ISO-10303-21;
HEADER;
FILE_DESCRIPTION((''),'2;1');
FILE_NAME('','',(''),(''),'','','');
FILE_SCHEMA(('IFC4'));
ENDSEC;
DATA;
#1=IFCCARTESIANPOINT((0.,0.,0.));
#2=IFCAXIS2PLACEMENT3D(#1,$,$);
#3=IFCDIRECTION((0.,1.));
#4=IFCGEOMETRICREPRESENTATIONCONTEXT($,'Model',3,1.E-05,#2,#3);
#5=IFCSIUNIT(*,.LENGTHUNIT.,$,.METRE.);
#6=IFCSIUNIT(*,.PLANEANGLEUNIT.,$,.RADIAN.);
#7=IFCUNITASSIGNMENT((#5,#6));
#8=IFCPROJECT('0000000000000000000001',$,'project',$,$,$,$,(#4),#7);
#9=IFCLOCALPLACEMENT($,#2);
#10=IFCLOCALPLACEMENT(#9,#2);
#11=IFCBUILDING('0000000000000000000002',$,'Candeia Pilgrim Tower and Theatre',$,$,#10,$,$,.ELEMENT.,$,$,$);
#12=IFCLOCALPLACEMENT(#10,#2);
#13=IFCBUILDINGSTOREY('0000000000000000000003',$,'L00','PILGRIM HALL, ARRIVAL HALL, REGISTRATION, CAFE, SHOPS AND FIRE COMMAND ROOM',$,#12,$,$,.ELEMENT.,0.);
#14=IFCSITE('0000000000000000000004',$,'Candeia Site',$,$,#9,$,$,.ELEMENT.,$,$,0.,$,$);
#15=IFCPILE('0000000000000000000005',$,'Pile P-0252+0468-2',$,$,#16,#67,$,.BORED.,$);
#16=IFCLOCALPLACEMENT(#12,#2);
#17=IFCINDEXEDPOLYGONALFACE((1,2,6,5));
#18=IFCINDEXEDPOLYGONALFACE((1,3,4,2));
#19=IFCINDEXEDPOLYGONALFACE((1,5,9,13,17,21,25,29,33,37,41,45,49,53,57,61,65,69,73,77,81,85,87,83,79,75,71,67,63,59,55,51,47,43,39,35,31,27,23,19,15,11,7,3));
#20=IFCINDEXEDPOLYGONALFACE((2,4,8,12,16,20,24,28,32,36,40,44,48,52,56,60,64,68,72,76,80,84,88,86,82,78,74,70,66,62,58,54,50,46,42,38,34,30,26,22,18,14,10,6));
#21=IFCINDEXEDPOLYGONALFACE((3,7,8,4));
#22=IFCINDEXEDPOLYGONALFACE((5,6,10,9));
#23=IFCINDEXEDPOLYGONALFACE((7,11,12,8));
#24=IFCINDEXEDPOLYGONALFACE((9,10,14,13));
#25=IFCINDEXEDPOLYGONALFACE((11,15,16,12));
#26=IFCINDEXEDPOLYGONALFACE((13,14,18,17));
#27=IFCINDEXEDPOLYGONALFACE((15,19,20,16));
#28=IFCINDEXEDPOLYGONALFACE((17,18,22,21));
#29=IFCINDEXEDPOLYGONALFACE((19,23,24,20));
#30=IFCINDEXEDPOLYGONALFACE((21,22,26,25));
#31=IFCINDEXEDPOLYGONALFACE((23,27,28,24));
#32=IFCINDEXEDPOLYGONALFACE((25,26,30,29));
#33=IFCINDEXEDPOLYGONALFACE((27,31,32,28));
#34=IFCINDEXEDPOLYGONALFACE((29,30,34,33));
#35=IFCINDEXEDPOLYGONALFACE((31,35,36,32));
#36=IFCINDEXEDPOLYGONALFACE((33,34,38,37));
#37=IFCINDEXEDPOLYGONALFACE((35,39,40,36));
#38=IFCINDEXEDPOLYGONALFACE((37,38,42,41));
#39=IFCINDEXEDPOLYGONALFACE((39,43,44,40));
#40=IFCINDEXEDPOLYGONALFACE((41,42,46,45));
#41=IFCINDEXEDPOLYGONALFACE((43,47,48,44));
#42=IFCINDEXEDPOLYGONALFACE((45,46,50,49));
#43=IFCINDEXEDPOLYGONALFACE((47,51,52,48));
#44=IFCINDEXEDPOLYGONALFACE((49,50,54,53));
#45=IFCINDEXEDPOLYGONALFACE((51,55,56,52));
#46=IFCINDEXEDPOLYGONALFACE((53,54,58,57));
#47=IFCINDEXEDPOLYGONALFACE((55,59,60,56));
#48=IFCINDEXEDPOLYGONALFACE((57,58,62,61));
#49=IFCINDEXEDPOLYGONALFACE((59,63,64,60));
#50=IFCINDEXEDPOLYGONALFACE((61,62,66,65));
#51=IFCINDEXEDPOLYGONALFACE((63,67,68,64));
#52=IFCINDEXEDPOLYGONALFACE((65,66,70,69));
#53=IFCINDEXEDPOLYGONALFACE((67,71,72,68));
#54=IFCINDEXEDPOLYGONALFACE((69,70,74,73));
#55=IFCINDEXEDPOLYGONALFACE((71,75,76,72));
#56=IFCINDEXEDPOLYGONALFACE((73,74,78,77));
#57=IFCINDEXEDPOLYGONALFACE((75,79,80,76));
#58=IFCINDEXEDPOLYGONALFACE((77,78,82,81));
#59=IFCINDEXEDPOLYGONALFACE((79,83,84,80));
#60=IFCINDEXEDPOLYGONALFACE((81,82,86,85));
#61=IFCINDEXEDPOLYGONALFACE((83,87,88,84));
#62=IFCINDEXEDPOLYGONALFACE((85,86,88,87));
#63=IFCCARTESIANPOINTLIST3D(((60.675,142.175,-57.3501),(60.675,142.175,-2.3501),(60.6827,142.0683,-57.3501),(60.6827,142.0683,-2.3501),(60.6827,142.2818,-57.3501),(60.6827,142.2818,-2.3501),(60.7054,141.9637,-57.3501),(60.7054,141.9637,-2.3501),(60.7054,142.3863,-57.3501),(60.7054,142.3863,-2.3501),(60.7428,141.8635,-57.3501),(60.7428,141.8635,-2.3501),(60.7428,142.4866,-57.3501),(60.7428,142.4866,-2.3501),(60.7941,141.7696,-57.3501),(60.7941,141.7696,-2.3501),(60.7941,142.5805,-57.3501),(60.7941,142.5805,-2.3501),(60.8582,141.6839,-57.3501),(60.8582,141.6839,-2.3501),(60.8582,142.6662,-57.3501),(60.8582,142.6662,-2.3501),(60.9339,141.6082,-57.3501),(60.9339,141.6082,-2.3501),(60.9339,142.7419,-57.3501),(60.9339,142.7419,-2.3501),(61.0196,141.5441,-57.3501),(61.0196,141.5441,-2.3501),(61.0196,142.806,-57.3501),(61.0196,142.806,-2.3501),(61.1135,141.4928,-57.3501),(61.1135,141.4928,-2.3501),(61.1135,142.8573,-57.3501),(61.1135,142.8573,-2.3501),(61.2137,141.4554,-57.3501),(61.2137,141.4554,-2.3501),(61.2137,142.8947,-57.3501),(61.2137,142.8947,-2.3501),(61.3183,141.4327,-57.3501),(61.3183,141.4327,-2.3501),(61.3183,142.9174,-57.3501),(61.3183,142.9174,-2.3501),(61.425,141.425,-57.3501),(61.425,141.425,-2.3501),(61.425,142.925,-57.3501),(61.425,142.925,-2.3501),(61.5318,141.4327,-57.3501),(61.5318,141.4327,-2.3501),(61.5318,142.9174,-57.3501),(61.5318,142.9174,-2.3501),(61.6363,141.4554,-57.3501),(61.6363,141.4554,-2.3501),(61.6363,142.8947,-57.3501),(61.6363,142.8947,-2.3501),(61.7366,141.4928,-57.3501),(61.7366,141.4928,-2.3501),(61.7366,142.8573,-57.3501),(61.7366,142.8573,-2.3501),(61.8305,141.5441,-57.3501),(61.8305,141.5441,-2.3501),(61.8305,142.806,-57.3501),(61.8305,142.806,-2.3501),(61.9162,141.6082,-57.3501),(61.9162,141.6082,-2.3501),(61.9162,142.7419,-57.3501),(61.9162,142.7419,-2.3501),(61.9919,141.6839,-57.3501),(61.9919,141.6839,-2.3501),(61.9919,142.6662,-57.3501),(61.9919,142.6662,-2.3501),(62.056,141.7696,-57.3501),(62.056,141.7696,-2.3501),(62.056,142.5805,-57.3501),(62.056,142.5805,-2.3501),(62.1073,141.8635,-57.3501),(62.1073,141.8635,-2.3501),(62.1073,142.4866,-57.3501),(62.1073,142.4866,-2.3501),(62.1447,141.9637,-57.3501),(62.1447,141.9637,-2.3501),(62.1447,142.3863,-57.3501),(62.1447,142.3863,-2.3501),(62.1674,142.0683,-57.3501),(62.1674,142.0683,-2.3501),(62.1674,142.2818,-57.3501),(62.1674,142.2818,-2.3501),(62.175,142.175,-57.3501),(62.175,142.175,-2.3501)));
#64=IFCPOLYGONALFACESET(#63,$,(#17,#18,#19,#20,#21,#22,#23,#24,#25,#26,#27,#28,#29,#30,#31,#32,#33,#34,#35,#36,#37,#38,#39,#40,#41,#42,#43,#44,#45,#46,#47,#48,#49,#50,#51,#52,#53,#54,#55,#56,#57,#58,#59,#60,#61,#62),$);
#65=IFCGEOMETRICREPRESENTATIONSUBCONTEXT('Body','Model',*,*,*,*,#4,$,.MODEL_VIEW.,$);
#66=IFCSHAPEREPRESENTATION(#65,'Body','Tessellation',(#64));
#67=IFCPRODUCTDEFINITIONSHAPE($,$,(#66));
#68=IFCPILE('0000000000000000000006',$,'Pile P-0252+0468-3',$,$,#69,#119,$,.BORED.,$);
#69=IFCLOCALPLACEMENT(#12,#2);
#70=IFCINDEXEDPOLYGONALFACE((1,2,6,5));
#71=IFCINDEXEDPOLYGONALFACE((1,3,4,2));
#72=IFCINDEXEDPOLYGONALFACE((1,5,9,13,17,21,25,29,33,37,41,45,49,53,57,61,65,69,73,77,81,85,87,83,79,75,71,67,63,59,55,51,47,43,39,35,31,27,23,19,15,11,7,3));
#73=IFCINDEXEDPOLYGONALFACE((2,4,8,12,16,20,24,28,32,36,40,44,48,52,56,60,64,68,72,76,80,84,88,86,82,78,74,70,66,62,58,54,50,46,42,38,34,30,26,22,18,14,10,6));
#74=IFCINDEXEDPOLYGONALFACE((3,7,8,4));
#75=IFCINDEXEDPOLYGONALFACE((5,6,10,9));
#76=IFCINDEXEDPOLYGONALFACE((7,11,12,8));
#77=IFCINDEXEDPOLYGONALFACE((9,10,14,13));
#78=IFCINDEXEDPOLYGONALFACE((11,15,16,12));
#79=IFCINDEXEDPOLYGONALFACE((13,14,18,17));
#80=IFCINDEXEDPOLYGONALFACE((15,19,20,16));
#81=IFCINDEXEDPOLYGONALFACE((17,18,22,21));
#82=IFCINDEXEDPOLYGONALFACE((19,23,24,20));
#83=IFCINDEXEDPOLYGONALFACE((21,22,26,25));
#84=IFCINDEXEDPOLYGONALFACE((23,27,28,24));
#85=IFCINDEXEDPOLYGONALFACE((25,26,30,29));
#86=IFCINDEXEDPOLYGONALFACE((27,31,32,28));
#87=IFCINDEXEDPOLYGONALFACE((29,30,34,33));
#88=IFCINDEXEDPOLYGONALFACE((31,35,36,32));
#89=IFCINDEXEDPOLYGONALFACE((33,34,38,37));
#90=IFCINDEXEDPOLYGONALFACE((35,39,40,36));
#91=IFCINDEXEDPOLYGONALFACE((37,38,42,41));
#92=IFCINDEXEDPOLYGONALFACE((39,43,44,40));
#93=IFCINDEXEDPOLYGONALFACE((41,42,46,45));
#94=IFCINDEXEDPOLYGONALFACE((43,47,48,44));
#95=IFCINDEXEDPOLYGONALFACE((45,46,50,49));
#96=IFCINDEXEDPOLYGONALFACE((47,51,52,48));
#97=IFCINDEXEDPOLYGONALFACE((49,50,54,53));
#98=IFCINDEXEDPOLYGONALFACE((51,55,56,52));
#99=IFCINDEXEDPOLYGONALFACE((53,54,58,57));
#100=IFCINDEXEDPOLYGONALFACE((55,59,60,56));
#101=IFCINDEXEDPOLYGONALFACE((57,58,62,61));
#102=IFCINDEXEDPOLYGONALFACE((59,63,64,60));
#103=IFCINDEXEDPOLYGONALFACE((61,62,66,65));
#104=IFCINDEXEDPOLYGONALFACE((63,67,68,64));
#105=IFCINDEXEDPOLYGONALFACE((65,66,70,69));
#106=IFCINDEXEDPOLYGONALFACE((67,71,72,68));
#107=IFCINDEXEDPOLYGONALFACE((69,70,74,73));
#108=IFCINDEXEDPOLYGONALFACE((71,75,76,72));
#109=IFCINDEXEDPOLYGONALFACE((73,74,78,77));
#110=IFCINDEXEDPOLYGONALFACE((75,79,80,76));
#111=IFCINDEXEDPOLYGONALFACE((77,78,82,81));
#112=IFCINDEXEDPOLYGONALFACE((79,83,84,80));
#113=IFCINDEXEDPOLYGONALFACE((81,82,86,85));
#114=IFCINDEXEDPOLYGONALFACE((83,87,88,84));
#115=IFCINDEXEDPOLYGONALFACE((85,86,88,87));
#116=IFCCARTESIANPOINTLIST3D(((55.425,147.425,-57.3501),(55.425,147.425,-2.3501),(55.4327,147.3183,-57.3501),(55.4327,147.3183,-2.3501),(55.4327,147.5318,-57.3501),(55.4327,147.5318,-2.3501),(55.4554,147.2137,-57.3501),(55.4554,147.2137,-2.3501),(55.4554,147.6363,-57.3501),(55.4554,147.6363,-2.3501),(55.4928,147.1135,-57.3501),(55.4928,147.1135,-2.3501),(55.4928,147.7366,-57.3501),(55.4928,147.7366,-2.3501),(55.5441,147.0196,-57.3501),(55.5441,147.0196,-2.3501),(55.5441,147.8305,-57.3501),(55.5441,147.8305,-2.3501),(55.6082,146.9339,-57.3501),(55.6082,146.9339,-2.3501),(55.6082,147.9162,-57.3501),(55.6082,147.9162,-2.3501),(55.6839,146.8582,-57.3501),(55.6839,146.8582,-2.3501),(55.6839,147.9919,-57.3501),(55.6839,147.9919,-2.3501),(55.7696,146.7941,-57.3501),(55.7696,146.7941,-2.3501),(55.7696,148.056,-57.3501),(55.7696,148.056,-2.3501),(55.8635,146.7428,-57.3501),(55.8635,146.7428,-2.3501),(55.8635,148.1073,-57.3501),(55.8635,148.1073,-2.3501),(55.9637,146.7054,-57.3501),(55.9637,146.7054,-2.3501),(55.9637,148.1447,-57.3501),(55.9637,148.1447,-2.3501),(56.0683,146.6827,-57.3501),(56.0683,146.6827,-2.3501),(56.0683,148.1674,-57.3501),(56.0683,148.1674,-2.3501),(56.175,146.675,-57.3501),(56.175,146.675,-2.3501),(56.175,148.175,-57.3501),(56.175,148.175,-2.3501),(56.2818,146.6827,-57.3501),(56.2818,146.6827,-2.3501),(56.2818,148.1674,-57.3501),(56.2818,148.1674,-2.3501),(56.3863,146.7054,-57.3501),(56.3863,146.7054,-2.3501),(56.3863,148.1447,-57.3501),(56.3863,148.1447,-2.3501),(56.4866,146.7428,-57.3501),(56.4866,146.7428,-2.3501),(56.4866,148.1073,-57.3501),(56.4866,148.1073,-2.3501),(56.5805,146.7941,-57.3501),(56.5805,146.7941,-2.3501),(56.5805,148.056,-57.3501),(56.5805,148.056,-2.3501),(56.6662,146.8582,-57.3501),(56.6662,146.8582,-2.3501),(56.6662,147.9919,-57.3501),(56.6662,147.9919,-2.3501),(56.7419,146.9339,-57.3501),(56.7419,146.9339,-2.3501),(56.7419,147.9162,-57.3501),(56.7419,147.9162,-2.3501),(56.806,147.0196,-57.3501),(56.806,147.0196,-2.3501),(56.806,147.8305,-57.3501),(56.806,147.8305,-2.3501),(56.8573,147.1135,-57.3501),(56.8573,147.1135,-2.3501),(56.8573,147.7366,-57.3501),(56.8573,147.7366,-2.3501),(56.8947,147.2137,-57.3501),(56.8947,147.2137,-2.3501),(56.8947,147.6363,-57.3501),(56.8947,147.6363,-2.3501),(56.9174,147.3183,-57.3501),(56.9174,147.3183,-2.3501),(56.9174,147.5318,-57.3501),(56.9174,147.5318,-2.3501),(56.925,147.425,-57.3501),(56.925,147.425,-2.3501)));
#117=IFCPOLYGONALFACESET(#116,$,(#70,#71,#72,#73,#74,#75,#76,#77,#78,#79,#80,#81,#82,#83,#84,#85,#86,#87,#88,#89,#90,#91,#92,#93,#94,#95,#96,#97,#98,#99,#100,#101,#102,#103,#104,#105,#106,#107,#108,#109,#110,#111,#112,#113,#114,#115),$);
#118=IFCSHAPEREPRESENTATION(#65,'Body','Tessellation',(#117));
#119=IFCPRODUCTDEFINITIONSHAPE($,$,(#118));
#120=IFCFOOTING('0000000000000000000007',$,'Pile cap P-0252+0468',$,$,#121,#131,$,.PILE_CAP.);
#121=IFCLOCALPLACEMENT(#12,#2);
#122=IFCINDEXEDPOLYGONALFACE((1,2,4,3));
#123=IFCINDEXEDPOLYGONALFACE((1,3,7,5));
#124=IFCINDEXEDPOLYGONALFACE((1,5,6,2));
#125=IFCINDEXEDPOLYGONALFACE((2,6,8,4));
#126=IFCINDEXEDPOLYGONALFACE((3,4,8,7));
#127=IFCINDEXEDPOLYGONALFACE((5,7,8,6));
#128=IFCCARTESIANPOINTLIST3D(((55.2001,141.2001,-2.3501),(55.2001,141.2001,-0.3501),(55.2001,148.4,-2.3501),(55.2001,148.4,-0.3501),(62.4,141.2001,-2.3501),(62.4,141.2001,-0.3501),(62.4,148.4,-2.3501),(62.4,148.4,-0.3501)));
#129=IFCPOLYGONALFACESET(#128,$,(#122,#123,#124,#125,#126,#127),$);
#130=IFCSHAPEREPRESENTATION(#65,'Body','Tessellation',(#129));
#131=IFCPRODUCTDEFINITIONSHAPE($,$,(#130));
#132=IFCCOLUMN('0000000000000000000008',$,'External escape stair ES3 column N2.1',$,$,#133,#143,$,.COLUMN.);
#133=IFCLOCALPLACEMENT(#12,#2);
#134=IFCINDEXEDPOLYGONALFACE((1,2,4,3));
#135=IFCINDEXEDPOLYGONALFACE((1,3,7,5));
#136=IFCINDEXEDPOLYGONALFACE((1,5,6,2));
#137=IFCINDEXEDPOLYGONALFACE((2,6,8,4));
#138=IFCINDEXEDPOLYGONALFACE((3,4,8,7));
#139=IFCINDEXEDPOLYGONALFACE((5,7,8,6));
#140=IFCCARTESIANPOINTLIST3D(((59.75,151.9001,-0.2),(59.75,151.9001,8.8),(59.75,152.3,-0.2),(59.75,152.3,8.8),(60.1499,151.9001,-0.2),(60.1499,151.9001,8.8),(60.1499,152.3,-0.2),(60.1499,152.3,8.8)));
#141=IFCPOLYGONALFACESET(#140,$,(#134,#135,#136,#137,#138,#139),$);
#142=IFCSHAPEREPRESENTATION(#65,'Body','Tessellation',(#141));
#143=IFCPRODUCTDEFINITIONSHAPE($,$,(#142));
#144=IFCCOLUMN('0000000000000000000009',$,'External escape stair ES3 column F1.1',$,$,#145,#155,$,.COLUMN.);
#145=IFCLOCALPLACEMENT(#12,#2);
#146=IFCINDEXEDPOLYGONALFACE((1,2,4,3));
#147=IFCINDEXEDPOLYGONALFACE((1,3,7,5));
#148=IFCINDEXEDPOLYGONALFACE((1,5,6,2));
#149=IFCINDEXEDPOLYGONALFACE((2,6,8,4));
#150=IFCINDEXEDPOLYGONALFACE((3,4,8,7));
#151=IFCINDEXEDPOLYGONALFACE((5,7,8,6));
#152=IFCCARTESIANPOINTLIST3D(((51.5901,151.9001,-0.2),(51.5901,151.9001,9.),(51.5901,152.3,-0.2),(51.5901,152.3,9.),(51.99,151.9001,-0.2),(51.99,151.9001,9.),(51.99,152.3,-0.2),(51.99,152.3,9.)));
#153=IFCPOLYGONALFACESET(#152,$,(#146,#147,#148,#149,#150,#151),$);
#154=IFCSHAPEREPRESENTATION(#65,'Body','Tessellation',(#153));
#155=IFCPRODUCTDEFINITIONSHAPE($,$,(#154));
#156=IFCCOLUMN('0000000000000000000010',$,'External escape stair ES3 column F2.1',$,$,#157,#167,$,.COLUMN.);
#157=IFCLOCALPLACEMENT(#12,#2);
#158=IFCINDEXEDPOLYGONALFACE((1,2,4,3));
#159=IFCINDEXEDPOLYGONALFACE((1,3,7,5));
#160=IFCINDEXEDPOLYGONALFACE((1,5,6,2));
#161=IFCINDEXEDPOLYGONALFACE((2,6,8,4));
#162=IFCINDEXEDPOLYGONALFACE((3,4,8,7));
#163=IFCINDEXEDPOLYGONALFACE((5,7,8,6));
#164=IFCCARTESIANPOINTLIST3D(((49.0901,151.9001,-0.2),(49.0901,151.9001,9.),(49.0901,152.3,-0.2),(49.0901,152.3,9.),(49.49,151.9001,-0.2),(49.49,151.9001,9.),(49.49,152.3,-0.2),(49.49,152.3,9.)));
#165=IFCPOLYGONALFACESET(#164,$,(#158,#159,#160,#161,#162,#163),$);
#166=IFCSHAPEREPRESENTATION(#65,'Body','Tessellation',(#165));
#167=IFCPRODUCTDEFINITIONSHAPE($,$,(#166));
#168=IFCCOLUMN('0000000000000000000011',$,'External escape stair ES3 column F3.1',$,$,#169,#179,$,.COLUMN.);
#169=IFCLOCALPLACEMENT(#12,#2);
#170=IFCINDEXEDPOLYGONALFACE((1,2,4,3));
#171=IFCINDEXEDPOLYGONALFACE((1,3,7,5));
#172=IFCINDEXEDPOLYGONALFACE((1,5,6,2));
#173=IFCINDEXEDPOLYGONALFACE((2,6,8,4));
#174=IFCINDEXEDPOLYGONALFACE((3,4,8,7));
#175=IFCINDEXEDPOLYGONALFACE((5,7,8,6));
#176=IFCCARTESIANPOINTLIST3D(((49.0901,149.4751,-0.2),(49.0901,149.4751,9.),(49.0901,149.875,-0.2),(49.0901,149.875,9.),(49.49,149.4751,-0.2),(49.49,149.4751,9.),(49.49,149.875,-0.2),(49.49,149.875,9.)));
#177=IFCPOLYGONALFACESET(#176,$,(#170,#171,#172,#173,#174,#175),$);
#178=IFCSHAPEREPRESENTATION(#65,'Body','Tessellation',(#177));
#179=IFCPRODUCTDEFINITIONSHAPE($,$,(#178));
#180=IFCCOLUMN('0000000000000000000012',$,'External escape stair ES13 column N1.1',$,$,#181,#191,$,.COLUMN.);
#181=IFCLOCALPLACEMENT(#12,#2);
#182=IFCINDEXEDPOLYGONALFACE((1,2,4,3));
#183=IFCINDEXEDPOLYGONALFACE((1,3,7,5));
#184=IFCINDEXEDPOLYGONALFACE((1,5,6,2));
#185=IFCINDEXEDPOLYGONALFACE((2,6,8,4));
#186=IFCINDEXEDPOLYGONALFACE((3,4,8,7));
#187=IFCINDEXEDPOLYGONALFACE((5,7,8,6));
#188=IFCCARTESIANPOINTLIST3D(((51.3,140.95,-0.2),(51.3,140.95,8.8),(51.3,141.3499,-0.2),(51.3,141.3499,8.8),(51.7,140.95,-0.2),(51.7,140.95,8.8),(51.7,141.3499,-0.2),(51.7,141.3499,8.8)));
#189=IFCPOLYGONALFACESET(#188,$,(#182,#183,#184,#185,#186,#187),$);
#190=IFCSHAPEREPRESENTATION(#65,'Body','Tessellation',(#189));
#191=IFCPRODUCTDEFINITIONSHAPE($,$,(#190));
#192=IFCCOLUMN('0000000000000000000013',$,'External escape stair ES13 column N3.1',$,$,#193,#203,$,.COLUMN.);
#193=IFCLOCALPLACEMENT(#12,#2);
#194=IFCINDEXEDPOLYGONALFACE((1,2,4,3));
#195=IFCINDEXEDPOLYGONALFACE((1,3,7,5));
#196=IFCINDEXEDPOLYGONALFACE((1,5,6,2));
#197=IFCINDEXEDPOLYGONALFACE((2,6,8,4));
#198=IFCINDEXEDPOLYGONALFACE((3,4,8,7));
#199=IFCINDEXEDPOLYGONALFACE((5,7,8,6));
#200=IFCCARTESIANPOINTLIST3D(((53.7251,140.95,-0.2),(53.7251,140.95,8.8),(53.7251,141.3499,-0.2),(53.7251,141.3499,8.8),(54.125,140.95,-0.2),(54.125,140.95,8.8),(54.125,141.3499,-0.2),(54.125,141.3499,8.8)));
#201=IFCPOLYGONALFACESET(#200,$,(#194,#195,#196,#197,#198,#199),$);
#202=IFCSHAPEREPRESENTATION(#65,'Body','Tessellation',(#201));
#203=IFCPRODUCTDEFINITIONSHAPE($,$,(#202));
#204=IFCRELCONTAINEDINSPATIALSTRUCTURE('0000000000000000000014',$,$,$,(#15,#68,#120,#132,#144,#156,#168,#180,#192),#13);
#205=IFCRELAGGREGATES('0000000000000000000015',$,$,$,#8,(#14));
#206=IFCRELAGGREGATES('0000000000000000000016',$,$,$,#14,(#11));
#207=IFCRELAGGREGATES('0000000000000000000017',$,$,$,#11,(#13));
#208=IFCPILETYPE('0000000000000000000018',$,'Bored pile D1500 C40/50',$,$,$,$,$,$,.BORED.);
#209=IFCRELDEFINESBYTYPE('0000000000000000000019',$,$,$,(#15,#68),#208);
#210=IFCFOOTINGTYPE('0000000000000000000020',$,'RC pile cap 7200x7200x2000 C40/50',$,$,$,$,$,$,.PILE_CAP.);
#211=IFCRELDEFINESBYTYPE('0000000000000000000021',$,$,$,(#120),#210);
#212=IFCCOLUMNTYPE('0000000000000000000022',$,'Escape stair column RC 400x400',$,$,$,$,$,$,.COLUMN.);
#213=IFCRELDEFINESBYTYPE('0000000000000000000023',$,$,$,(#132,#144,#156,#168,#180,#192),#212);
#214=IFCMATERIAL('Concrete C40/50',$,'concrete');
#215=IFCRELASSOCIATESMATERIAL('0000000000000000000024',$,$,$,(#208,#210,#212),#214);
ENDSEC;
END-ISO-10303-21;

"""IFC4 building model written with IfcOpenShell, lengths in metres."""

from ifc_helpers import new_model, si_unit, direction, frame, origin, origin_2d, place, context, subcontext, project, spatial, rectangle, circle, extrude, material, material_profile, profile_set, type_object, element, save


model = new_model("IFC4")

# Units and contexts
model_context = context("Model", 3, precision=1e-05, world=origin(), true_north=direction((0.0, 1.0)))
body_context = subcontext(model_context, "Body", "Model", "MODEL_VIEW")
ifc_project = project(units=[si_unit("LENGTHUNIT", "METRE"), si_unit("PLANEANGLEUNIT", "RADIAN")], contexts=[model_context])

# Site, building, storey
site_placement = place(None, origin())
site = spatial("IfcSite", under=ifc_project, at=site_placement, Name="Candeia Site", CompositionType="ELEMENT", RefElevation=0.0)
building_placement = place(site_placement, origin())
building = spatial("IfcBuilding", under=site, at=building_placement, Name="Candeia Pilgrim Tower and Theatre", CompositionType="ELEMENT")
storey_placement = place(building_placement, origin())
storey = spatial("IfcBuildingStorey", under=building, at=storey_placement, Name="L00", Description="PILGRIM HALL, ARRIVAL HALL, REGISTRATION, CAFE, SHOPS AND FIRE COMMAND ROOM", CompositionType="ELEMENT", Elevation=0.0)

# Piles
ifc_material_1 = material(Name="Concrete C40/50", Category="concrete")
ifc_material_profile_1 = material_profile(ifc_material_1, circle(Radius=0.75, at=origin_2d()))
ifc_profile_set_1 = profile_set([ifc_material_profile_1], Name="Concrete C40/50")
pile_type = type_object("IfcPileType", Name="Bored pile D1500 C40/50", PredefinedType="BORED", material=ifc_profile_set_1)
for number, where, z_axis, x_axis, name in (
    (1, (61.425, 142.175, -2.3501), (0.0, 0.0, -1.0), (1.0, 0.0, 0.0), "Pile P-0252+0468-2"),
    (2, (56.175, 147.425, -2.3501), (0.0, 0.0, -1.0), (1.0, 0.0, 0.0), "Pile P-0252+0468-3"),
):
    element("IfcPile", number, at=place(storey_placement, frame(where, z_axis=z_axis, x_axis=x_axis)), inside=storey, type_object=pile_type, Name=name, PredefinedType="BORED", context=body_context, shape_type="SweptSolid", body=[
        extrude(circle(Radius=0.75, at=origin_2d()), origin(), (0.0, 0.0, 1.0), 55.0),
    ])

# Footing
footing_type = type_object("IfcFootingType", Name="RC pile cap 7200x7200x2000 C40/50", PredefinedType="PILE_CAP", material=ifc_material_1)
footing_placement = place(storey_placement, frame((58.8, 144.8, -2.3501), z_axis=(0.0, 0.0, 1.0), x_axis=(1.0, 0.0, 0.0)))
element("IfcFooting", 3, at=footing_placement, inside=storey, type_object=footing_type, Name="Pile cap P-0252+0468", PredefinedType="PILE_CAP", context=body_context, shape_type="SweptSolid", body=[
    extrude(rectangle(XDim=7.2, YDim=7.2, at=origin_2d()), origin(), (0.0, 0.0, 1.0), 2.0),
])

# Columns
ifc_material_profile_2 = material_profile(ifc_material_1, rectangle(XDim=0.3999, YDim=0.3999, at=origin_2d()))
ifc_profile_set_2 = profile_set([ifc_material_profile_2], Name="Concrete C40/50")
column_type_1 = type_object("IfcColumnType", Name="Escape stair column RC 400x400", PredefinedType="COLUMN", material=ifc_profile_set_2)
column_1_placement = place(storey_placement, frame((59.95, 152.1001, -0.2), z_axis=(0.0, 0.0, 1.0), x_axis=(1.0, 0.0, 0.0)))
element("IfcColumn", 4, at=column_1_placement, inside=storey, type_object=column_type_1, Name="External escape stair ES3 column N2.1", PredefinedType="COLUMN", context=body_context, shape_type="SweptSolid", body=[
    extrude(rectangle(XDim=0.3999, YDim=0.3999, at=origin_2d()), origin(), (0.0, 0.0, 1.0), 9.0),
])
for number, where, z_axis, x_axis, name in (
    (5, (51.79, 152.1001, -0.2), (0.0, 0.0, 1.0), (1.0, 0.0, 0.0), "External escape stair ES3 column F1.1"),
    (6, (49.29, 152.1001, -0.2), (0.0, 0.0, 1.0), (1.0, 0.0, 0.0), "External escape stair ES3 column F2.1"),
    (7, (49.29, 149.675, -0.2), (0.0, 0.0, 1.0), (1.0, 0.0, 0.0), "External escape stair ES3 column F3.1"),
):
    element("IfcColumn", number, at=place(storey_placement, frame(where, z_axis=z_axis, x_axis=x_axis)), inside=storey, type_object=column_type_1, Name=name, PredefinedType="COLUMN", context=body_context, shape_type="SweptSolid", body=[
        extrude(rectangle(XDim=0.3999, YDim=0.3999, at=origin_2d()), origin(), (0.0, 0.0, 1.0), 9.2),
    ])
for number, where, z_axis, x_axis, name in (
    (8, (51.5, 141.1499, -0.2), (0.0, 0.0, 1.0), (1.0, 0.0, 0.0), "External escape stair ES13 column N1.1"),
    (9, (53.925, 141.1499, -0.2), (0.0, 0.0, 1.0), (1.0, 0.0, 0.0), "External escape stair ES13 column N3.1"),
):
    element("IfcColumn", number, at=place(storey_placement, frame(where, z_axis=z_axis, x_axis=x_axis)), inside=storey, type_object=column_type_1, Name=name, PredefinedType="COLUMN", context=body_context, shape_type="SweptSolid", body=[
        extrude(rectangle(XDim=0.3999, YDim=0.3999, at=origin_2d()), origin(), (0.0, 0.0, 1.0), 9.0),
    ])

save(model, "model.ifc")
